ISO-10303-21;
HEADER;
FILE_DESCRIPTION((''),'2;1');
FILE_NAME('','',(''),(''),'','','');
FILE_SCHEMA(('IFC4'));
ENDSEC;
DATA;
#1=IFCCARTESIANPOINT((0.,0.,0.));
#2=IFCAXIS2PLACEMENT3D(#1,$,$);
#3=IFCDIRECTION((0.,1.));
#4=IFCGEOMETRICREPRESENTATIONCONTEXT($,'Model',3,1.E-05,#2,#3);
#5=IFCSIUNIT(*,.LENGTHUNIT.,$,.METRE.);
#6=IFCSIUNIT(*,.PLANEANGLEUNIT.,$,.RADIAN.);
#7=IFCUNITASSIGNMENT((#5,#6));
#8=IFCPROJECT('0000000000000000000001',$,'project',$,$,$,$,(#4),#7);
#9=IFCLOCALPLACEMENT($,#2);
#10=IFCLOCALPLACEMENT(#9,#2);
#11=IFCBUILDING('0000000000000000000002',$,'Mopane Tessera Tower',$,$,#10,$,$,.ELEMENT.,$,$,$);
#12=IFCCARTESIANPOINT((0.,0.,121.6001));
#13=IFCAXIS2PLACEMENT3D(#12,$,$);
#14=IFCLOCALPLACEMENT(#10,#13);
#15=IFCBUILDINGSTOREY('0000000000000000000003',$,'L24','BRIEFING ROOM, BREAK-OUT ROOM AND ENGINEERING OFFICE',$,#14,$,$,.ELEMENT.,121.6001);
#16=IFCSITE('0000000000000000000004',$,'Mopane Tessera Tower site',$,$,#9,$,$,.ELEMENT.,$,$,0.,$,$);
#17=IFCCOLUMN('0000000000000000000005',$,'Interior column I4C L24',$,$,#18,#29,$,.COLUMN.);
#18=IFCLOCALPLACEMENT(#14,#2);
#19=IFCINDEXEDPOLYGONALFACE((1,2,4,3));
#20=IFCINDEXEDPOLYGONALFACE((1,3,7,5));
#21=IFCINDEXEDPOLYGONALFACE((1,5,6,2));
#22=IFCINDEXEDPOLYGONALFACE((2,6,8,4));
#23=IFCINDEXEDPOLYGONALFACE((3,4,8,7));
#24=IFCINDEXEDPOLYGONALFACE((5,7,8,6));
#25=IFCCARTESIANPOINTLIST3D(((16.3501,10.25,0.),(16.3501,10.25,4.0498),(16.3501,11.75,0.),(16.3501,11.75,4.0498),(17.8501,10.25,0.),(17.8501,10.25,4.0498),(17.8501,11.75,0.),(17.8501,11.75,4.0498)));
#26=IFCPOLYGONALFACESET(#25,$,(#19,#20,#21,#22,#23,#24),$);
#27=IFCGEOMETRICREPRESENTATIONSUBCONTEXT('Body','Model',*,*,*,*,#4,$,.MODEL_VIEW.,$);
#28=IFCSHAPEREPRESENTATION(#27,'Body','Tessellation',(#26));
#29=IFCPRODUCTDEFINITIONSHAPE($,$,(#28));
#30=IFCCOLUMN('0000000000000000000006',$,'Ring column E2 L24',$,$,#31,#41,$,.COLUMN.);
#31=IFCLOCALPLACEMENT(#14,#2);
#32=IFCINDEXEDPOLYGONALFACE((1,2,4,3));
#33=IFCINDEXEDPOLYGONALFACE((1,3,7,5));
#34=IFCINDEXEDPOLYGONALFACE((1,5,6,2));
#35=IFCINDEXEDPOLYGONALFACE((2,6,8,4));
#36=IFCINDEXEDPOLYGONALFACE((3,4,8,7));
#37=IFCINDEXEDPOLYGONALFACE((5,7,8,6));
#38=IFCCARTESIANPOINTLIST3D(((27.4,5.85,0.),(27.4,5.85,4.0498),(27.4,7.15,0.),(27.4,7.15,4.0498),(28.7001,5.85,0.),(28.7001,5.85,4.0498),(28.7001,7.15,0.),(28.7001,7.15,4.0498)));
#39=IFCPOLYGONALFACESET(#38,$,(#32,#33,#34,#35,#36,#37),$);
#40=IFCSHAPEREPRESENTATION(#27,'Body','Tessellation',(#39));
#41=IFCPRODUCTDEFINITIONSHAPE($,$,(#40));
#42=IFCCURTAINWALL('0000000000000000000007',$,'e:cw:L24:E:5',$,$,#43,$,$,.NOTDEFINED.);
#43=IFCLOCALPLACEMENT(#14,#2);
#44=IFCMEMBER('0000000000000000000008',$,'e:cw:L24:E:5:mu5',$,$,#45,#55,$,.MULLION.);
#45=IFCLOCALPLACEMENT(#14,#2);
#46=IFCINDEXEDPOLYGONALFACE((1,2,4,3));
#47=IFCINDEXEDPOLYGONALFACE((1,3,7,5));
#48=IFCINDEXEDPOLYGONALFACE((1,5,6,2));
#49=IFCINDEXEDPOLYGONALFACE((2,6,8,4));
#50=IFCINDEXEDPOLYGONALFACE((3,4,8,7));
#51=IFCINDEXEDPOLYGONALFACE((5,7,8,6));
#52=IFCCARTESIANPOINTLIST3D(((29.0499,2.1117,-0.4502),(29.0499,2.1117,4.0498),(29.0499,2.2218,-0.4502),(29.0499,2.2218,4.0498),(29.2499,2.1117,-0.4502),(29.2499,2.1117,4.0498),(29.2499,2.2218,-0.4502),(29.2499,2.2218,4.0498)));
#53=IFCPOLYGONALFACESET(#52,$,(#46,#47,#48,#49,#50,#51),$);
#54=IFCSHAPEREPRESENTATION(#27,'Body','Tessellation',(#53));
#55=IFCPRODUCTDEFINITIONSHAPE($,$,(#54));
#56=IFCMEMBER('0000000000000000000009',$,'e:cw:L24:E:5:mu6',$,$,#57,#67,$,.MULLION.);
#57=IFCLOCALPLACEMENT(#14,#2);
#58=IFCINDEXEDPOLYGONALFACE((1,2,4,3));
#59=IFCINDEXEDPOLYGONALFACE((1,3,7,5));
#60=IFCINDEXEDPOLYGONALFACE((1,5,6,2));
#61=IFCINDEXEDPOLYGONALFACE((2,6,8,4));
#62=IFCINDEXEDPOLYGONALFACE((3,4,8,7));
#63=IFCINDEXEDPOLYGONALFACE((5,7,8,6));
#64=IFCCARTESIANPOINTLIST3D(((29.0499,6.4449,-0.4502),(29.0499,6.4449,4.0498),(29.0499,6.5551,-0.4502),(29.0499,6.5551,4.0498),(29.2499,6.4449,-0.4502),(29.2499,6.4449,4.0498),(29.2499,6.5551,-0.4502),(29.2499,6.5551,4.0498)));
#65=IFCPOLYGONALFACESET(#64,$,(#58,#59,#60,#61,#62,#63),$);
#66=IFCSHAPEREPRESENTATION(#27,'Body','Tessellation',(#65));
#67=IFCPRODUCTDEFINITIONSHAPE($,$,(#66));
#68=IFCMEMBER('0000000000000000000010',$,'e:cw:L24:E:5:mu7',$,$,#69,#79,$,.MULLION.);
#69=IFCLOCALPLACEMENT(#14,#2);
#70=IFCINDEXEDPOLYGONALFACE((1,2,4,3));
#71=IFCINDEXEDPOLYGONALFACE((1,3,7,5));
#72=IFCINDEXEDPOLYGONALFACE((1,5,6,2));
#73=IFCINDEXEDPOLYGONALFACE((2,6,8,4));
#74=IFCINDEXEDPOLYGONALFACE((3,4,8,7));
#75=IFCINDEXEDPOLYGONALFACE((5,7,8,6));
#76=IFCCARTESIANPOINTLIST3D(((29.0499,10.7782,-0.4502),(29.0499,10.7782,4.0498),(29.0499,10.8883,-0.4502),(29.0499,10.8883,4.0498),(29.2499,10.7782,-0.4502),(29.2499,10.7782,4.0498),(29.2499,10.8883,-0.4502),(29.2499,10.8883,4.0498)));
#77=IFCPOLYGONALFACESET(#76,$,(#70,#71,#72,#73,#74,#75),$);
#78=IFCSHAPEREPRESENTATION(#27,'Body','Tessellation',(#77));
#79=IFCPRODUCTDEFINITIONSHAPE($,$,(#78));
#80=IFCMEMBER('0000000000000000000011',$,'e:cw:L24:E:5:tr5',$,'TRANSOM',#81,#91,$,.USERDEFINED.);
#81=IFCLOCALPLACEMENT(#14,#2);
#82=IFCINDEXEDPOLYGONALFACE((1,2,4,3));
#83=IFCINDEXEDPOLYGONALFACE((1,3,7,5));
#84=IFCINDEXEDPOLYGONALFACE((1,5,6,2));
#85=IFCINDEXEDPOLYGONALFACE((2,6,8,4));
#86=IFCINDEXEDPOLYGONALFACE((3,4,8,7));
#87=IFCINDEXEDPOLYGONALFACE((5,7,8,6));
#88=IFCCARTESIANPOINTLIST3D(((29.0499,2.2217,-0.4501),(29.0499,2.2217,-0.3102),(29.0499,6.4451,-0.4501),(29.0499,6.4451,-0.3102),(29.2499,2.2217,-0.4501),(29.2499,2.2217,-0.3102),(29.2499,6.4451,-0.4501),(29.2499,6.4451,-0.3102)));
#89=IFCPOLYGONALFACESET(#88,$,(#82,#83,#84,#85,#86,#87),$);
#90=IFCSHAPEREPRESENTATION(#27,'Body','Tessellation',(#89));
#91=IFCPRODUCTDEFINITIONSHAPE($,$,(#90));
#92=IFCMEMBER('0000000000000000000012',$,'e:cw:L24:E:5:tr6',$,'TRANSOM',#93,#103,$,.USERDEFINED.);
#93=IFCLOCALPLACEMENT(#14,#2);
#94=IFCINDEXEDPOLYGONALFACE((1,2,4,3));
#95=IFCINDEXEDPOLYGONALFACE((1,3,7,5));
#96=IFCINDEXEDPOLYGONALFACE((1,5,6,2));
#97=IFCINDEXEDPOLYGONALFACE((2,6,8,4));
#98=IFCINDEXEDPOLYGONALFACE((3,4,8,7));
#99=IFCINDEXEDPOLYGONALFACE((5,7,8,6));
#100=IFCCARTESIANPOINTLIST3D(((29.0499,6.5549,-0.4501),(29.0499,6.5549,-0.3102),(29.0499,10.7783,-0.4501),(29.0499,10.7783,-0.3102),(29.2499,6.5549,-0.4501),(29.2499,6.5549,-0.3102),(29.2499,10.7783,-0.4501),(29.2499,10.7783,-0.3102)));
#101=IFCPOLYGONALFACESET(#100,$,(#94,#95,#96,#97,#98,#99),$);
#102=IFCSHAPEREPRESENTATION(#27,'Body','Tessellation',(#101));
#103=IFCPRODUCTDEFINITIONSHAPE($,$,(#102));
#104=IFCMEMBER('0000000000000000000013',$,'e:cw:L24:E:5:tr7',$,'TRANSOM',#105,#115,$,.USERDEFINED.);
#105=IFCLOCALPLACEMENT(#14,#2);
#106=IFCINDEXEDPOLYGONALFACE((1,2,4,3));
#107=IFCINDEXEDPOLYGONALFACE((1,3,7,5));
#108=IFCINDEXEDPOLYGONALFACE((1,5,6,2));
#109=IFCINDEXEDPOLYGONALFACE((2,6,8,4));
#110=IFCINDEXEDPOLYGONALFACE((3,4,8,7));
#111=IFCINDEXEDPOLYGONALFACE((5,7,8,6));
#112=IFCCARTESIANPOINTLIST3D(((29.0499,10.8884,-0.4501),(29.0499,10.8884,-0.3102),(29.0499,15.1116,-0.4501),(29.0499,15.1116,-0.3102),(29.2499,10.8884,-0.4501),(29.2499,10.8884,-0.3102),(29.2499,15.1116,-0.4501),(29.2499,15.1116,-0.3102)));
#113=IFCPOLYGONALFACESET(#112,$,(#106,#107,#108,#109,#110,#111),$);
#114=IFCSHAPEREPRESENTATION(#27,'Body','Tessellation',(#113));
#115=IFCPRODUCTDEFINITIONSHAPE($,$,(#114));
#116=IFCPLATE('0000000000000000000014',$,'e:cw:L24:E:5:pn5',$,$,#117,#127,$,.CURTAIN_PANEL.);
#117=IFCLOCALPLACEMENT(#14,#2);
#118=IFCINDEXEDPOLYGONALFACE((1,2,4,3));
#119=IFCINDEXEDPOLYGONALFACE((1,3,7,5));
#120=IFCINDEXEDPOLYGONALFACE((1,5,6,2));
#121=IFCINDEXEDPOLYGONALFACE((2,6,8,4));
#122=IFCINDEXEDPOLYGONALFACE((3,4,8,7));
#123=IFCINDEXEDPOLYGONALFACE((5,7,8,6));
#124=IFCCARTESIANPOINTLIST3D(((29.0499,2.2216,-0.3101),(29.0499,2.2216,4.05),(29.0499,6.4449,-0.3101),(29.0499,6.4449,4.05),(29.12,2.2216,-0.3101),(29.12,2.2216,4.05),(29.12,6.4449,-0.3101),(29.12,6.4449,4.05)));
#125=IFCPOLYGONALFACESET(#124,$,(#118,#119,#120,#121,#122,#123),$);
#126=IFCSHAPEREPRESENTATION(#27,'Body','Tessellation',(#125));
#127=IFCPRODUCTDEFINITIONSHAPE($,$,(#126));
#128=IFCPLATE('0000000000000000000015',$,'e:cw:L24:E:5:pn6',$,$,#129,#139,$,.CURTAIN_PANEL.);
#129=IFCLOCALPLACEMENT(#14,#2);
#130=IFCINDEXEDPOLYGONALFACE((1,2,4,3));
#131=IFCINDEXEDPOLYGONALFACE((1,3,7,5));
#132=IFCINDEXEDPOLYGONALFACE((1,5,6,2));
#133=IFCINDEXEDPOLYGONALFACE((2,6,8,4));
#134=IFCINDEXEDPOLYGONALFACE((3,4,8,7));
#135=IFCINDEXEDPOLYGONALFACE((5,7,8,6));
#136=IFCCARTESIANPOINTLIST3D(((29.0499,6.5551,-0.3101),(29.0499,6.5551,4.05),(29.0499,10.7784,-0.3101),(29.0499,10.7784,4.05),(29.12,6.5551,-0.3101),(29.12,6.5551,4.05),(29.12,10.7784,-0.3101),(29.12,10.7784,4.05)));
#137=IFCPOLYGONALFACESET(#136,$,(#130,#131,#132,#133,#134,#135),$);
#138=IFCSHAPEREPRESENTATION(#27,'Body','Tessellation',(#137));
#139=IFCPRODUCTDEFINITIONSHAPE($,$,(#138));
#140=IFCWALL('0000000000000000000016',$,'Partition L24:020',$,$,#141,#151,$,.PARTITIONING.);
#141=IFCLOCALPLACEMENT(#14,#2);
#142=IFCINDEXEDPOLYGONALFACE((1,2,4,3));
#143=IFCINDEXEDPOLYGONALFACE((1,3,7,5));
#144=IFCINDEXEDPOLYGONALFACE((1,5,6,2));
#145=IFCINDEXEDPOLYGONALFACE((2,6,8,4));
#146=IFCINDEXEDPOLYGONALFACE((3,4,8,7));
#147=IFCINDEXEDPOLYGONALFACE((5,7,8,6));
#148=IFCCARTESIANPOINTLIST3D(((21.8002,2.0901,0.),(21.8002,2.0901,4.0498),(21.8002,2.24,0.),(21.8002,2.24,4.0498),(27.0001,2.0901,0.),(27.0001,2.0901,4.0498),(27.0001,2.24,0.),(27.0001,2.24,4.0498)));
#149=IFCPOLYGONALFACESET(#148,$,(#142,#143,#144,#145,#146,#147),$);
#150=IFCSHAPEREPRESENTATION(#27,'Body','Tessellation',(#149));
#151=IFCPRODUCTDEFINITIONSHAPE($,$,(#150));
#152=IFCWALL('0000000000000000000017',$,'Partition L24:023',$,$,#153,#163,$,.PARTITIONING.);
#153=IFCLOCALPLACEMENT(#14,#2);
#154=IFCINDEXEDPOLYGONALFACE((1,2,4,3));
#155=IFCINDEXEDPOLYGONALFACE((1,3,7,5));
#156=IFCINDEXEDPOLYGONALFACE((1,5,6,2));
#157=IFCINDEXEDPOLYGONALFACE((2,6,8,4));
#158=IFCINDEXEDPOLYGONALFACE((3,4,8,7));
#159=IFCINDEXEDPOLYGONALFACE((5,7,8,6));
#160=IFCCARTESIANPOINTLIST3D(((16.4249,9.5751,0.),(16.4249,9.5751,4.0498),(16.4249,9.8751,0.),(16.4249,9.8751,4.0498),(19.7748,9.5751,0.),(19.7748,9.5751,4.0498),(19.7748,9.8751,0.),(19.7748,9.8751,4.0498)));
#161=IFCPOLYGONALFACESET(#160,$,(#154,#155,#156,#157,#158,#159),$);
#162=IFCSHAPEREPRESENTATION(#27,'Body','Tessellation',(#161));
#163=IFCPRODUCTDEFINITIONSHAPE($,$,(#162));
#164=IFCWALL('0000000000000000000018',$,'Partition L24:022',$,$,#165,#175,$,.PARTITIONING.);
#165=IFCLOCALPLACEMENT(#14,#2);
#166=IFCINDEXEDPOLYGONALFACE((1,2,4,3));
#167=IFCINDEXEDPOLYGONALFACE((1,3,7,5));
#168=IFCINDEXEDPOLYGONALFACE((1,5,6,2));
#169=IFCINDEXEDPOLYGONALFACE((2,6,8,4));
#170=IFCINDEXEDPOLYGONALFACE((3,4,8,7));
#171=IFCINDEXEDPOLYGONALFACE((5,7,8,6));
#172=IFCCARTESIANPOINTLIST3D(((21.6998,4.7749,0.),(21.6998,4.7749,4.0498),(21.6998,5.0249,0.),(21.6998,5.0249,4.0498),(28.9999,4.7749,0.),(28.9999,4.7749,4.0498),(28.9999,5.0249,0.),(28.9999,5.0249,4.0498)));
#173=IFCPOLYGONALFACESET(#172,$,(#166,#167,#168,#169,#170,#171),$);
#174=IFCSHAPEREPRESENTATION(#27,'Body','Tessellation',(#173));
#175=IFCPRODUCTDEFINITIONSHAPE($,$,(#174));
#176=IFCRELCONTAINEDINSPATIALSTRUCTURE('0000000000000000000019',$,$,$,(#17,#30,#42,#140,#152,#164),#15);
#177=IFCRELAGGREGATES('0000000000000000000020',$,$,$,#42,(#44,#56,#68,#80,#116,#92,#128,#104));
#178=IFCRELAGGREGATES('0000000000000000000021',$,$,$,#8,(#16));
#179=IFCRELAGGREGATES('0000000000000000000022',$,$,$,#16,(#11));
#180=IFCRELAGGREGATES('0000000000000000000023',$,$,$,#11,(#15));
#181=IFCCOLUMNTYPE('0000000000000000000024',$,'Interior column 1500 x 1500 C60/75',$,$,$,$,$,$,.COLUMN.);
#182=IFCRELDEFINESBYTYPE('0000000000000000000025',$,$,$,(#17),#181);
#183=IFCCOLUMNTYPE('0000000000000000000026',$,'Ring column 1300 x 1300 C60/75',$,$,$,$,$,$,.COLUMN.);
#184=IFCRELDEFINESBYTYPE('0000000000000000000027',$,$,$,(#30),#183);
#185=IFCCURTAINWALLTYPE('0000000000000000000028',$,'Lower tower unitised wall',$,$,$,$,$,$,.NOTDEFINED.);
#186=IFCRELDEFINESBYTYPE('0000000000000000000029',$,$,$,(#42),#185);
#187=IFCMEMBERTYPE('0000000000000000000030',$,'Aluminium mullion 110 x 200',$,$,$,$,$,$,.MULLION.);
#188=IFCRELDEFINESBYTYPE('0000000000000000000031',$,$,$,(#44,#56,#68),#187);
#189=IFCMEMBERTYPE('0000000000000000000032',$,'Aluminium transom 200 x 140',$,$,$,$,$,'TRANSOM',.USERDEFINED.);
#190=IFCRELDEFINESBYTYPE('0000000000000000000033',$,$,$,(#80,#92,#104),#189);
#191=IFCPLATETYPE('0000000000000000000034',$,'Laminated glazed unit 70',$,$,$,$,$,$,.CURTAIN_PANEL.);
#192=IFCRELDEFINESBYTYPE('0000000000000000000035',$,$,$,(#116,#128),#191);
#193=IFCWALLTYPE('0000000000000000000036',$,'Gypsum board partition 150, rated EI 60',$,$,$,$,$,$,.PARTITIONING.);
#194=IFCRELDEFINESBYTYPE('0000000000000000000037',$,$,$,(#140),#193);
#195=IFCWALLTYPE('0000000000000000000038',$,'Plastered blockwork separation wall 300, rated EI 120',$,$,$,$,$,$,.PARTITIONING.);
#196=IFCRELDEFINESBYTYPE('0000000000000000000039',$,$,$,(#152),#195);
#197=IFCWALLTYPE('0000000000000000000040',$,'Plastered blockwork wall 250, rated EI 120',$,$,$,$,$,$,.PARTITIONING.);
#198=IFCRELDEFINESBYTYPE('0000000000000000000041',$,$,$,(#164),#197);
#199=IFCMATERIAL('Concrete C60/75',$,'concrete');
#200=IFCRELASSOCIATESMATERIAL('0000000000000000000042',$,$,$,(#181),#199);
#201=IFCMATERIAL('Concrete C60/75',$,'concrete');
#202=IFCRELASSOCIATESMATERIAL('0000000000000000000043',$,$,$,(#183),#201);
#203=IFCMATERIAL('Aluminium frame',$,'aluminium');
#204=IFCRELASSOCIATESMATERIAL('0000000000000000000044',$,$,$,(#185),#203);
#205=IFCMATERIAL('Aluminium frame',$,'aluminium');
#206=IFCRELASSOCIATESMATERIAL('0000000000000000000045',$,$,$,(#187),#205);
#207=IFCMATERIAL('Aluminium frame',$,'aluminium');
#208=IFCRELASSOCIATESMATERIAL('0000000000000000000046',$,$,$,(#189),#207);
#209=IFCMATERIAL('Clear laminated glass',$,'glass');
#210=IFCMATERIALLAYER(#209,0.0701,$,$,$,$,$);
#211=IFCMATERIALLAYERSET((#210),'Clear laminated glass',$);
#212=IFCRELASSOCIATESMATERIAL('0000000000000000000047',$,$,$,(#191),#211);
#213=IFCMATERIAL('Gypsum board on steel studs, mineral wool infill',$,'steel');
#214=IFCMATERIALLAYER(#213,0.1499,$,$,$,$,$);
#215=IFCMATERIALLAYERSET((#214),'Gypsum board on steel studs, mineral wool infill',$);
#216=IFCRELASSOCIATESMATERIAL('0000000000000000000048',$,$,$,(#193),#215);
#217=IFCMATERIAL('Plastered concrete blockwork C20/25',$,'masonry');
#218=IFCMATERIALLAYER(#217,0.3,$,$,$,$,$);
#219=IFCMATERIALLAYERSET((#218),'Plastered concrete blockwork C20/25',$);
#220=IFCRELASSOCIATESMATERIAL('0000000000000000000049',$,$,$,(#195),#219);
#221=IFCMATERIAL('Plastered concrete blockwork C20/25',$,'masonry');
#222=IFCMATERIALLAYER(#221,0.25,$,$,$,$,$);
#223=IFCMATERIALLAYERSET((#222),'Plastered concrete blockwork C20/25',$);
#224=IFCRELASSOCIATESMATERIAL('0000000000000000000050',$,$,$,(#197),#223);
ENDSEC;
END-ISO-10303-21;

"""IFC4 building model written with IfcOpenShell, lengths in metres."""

from ifc_helpers import new_model, si_unit, direction, frame, frame_2d, origin, origin_2d, place, context, subcontext, project, spatial, rectangle, extrude, material, layer, layer_set, material_profile, profile_set, type_object, element, aggregate, save


model = new_model("IFC4")

# Units and contexts
model_context = context("Model", 3, precision=1e-05, world=origin(), true_north=direction((0.0, 1.0)))
body_context = subcontext(model_context, "Body", "Model", "MODEL_VIEW")
ifc_project = project(units=[si_unit("LENGTHUNIT", "METRE"), si_unit("PLANEANGLEUNIT", "RADIAN")], contexts=[model_context])

# Site, building, storey
site_placement = place(None, origin())
site = spatial("IfcSite", under=ifc_project, at=site_placement, Name="Mopane Tessera Tower site", CompositionType="ELEMENT", RefElevation=0.0)
building_placement = place(site_placement, origin())
building = spatial("IfcBuilding", under=site, at=building_placement, Name="Mopane Tessera Tower", CompositionType="ELEMENT")
storey_placement = place(building_placement, frame((0.0, 0.0, 121.6001)))
storey = spatial("IfcBuildingStorey", under=building, at=storey_placement, Name="L24", Description="BRIEFING ROOM, BREAK-OUT ROOM AND ENGINEERING OFFICE", CompositionType="ELEMENT", Elevation=121.6001)

# Columns
ifc_material_1 = material(Name="Concrete C60/75", Category="concrete")
ifc_material_profile_1 = material_profile(ifc_material_1, rectangle(XDim=1.5, YDim=1.5, at=origin_2d()))
ifc_profile_set_1 = profile_set([ifc_material_profile_1], Name="Concrete C60/75")
column_type_1 = type_object("IfcColumnType", Name="Interior column 1500 x 1500 C60/75", PredefinedType="COLUMN", material=ifc_profile_set_1)
column_1_placement = place(storey_placement, frame((17.1001, 11.0, 0.0), z_axis=(0.0, 0.0, 1.0), x_axis=(1.0, 0.0, 0.0)))
element("IfcColumn", 1, at=column_1_placement, inside=storey, type_object=column_type_1, Name="Interior column I4C L24", PredefinedType="COLUMN", context=body_context, shape_type="SweptSolid", body=[
    extrude(rectangle(XDim=1.5, YDim=1.5, at=origin_2d()), origin(), (0.0, 0.0, 1.0), 4.0498),
])
ifc_material_2 = material(Name="Concrete C60/75", Category="concrete")
ifc_material_profile_2 = material_profile(ifc_material_2, rectangle(XDim=1.3, YDim=1.3, at=origin_2d()))
ifc_profile_set_2 = profile_set([ifc_material_profile_2], Name="Concrete C60/75")
column_type_2 = type_object("IfcColumnType", Name="Ring column 1300 x 1300 C60/75", PredefinedType="COLUMN", material=ifc_profile_set_2)
column_2_placement = place(storey_placement, frame((28.05, 6.5, 0.0), z_axis=(0.0, 0.0, 1.0), x_axis=(1.0, 0.0, 0.0)))
element("IfcColumn", 2, at=column_2_placement, inside=storey, type_object=column_type_2, Name="Ring column E2 L24", PredefinedType="COLUMN", context=body_context, shape_type="SweptSolid", body=[
    extrude(rectangle(XDim=1.3, YDim=1.3, at=origin_2d()), origin(), (0.0, 0.0, 1.0), 4.0498),
])

# Curtain wall, members, plates
ifc_material_3 = material(Name="Aluminium frame", Category="aluminium")
curtain_wall_type = type_object("IfcCurtainWallType", Name="Lower tower unitised wall", PredefinedType="NOTDEFINED", material=ifc_material_3)
curtain_wall_placement = place(storey_placement, origin())
curtain_wall = element("IfcCurtainWall", 3, at=curtain_wall_placement, inside=storey, type_object=curtain_wall_type, Name="e:cw:L24:E:5", PredefinedType="NOTDEFINED")
ifc_material_4 = material(Name="Aluminium frame", Category="aluminium")
ifc_material_profile_3 = material_profile(ifc_material_4, rectangle(XDim=0.1101, YDim=0.2, at=origin_2d()))
ifc_profile_set_3 = profile_set([ifc_material_profile_3], Name="Aluminium frame")
member_type_1 = type_object("IfcMemberType", Name="Aluminium mullion 110 x 200", PredefinedType="MULLION", material=ifc_profile_set_3)
member_1_placement = place(storey_placement, frame((29.1499, 2.1667, -0.4502), z_axis=(0.0, 0.0, 1.0), x_axis=(0.0, 1.0, 0.0)))
member_1 = element("IfcMember", 4, at=member_1_placement, type_object=member_type_1, Name="e:cw:L24:E:5:mu5", PredefinedType="MULLION", context=body_context, shape_type="SweptSolid", body=[
    extrude(rectangle(XDim=0.1101, YDim=0.2, at=origin_2d()), origin(), (0.0, 0.0, 1.0), 4.5),
])
member_2_placement = place(storey_placement, frame((29.1499, 6.5, -0.4502), z_axis=(0.0, 0.0, 1.0), x_axis=(0.0, 1.0, 0.0)))
member_2 = element("IfcMember", 5, at=member_2_placement, type_object=member_type_1, Name="e:cw:L24:E:5:mu6", PredefinedType="MULLION", context=body_context, shape_type="SweptSolid", body=[
    extrude(rectangle(XDim=0.1101, YDim=0.2, at=origin_2d()), origin(), (0.0, 0.0, 1.0), 4.5),
])
member_3_placement = place(storey_placement, frame((29.1499, 10.8333, -0.4502), z_axis=(0.0, 0.0, 1.0), x_axis=(0.0, 1.0, 0.0)))
member_3 = element("IfcMember", 6, at=member_3_placement, type_object=member_type_1, Name="e:cw:L24:E:5:mu7", PredefinedType="MULLION", context=body_context, shape_type="SweptSolid", body=[
    extrude(rectangle(XDim=0.1101, YDim=0.2, at=origin_2d()), origin(), (0.0, 0.0, 1.0), 4.5),
])
ifc_material_5 = material(Name="Aluminium frame", Category="aluminium")
ifc_material_profile_4 = material_profile(ifc_material_5, rectangle(XDim=0.2, YDim=0.1399, at=origin_2d()))
ifc_profile_set_4 = profile_set([ifc_material_profile_4], Name="Aluminium frame")
member_type_2 = type_object("IfcMemberType", Name="Aluminium transom 200 x 140", ElementType="TRANSOM", PredefinedType="USERDEFINED", material=ifc_profile_set_4)
member_4_placement = place(storey_placement, frame((29.1499, 2.2217, -0.3801), z_axis=(0.0, 1.0, 0.0), x_axis=(-1.0, 0.0, 0.0)))
member_4 = element("IfcMember", 7, at=member_4_placement, type_object=member_type_2, Name="e:cw:L24:E:5:tr5", ObjectType="TRANSOM", PredefinedType="USERDEFINED", context=body_context, shape_type="SweptSolid", body=[
    extrude(rectangle(XDim=0.2, YDim=0.1399, at=origin_2d()), origin(), (0.0, 0.0, 1.0), 4.2234),
])
member_5_placement = place(storey_placement, frame((29.1499, 6.5549, -0.3801), z_axis=(0.0, 1.0, 0.0), x_axis=(-1.0, 0.0, 0.0)))
member_5 = element("IfcMember", 8, at=member_5_placement, type_object=member_type_2, Name="e:cw:L24:E:5:tr6", ObjectType="TRANSOM", PredefinedType="USERDEFINED", context=body_context, shape_type="SweptSolid", body=[
    extrude(rectangle(XDim=0.2, YDim=0.1399, at=origin_2d()), origin(), (0.0, 0.0, 1.0), 4.2234),
])
member_6_placement = place(storey_placement, frame((29.1499, 10.8884, -0.3801), z_axis=(0.0, 1.0, 0.0), x_axis=(-1.0, 0.0, 0.0)))
member_6 = element("IfcMember", 9, at=member_6_placement, type_object=member_type_2, Name="e:cw:L24:E:5:tr7", ObjectType="TRANSOM", PredefinedType="USERDEFINED", context=body_context, shape_type="SweptSolid", body=[
    extrude(rectangle(XDim=0.2, YDim=0.1399, at=origin_2d()), origin(), (0.0, 0.0, 1.0), 4.2231),
])
ifc_material_6 = material(Name="Clear laminated glass", Category="glass")
ifc_layer_1 = layer(ifc_material_6, 0.0701)
ifc_layer_set_1 = layer_set([ifc_layer_1], Name="Clear laminated glass")
plate_type = type_object("IfcPlateType", Name="Laminated glazed unit 70", PredefinedType="CURTAIN_PANEL", material=ifc_layer_set_1)
plate_1_placement = place(storey_placement, frame((29.085, 4.3333, -0.3101), z_axis=(0.0, 0.0, 1.0), x_axis=(0.0, 1.0, 0.0)))
plate_1 = element("IfcPlate", 10, at=plate_1_placement, type_object=plate_type, Name="e:cw:L24:E:5:pn5", PredefinedType="CURTAIN_PANEL", context=body_context, shape_type="SweptSolid", body=[
    extrude(rectangle(XDim=4.2234, YDim=0.0701, at=origin_2d()), origin(), (0.0, 0.0, 1.0), 4.3601),
])
plate_2_placement = place(storey_placement, frame((29.085, 8.6667, -0.3101), z_axis=(0.0, 0.0, 1.0), x_axis=(0.0, 1.0, 0.0)))
plate_2 = element("IfcPlate", 11, at=plate_2_placement, type_object=plate_type, Name="e:cw:L24:E:5:pn6", PredefinedType="CURTAIN_PANEL", context=body_context, shape_type="SweptSolid", body=[
    extrude(rectangle(XDim=4.2234, YDim=0.0701, at=origin_2d()), origin(), (0.0, 0.0, 1.0), 4.3601),
])
aggregate(curtain_wall, [member_1, member_2, member_3, member_4, plate_1, member_5, plate_2, member_6])

# Walls
ifc_material_7 = material(Name="Gypsum board on steel studs, mineral wool infill", Category="steel")
ifc_layer_2 = layer(ifc_material_7, 0.1499)
ifc_layer_set_2 = layer_set([ifc_layer_2], Name="Gypsum board on steel studs, mineral wool infill")
wall_type_1 = type_object("IfcWallType", Name="Gypsum board partition 150, rated EI 60", PredefinedType="PARTITIONING", material=ifc_layer_set_2)
wall_1_placement = place(storey_placement, frame((21.8, 2.165, 0.0), z_axis=(0.0, 0.0, 1.0), x_axis=(1.0, 0.0, 0.0)))
element("IfcWall", 12, at=wall_1_placement, inside=storey, type_object=wall_type_1, Name="Partition L24:020", PredefinedType="PARTITIONING", context=body_context, shape_type="SweptSolid", body=[
    extrude(rectangle(XDim=5.2, YDim=0.1499, at=frame_2d((2.6001, 0.0))), origin(), (0.0, 0.0, 1.0), 4.0498),
])
ifc_material_8 = material(Name="Plastered concrete blockwork C20/25", Category="masonry")
ifc_layer_3 = layer(ifc_material_8, 0.3)
ifc_layer_set_3 = layer_set([ifc_layer_3], Name="Plastered concrete blockwork C20/25")
wall_type_2 = type_object("IfcWallType", Name="Plastered blockwork separation wall 300, rated EI 120", PredefinedType="PARTITIONING", material=ifc_layer_set_3)
wall_2_placement = place(storey_placement, frame((16.425, 9.7251, 0.0), z_axis=(0.0, 0.0, 1.0), x_axis=(1.0, 0.0, 0.0)))
element("IfcWall", 13, at=wall_2_placement, inside=storey, type_object=wall_type_2, Name="Partition L24:023", PredefinedType="PARTITIONING", context=body_context, shape_type="SweptSolid", body=[
    extrude(rectangle(XDim=3.3499, YDim=0.3, at=frame_2d((1.6748, 0.0))), origin(), (0.0, 0.0, 1.0), 4.0498),
])
ifc_material_9 = material(Name="Plastered concrete blockwork C20/25", Category="masonry")
ifc_layer_4 = layer(ifc_material_9, 0.25)
ifc_layer_set_4 = layer_set([ifc_layer_4], Name="Plastered concrete blockwork C20/25")
wall_type_3 = type_object("IfcWallType", Name="Plastered blockwork wall 250, rated EI 120", PredefinedType="PARTITIONING", material=ifc_layer_set_4)
wall_3_placement = place(storey_placement, frame((21.7, 4.8999, 0.0), z_axis=(0.0, 0.0, 1.0), x_axis=(1.0, 0.0, 0.0)))
element("IfcWall", 14, at=wall_3_placement, inside=storey, type_object=wall_type_3, Name="Partition L24:022", PredefinedType="PARTITIONING", context=body_context, shape_type="SweptSolid", body=[
    extrude(rectangle(XDim=7.3, YDim=0.25, at=frame_2d((3.6499, 0.0))), origin(), (0.0, 0.0, 1.0), 4.0498),
])

save(model, "model.ifc")
